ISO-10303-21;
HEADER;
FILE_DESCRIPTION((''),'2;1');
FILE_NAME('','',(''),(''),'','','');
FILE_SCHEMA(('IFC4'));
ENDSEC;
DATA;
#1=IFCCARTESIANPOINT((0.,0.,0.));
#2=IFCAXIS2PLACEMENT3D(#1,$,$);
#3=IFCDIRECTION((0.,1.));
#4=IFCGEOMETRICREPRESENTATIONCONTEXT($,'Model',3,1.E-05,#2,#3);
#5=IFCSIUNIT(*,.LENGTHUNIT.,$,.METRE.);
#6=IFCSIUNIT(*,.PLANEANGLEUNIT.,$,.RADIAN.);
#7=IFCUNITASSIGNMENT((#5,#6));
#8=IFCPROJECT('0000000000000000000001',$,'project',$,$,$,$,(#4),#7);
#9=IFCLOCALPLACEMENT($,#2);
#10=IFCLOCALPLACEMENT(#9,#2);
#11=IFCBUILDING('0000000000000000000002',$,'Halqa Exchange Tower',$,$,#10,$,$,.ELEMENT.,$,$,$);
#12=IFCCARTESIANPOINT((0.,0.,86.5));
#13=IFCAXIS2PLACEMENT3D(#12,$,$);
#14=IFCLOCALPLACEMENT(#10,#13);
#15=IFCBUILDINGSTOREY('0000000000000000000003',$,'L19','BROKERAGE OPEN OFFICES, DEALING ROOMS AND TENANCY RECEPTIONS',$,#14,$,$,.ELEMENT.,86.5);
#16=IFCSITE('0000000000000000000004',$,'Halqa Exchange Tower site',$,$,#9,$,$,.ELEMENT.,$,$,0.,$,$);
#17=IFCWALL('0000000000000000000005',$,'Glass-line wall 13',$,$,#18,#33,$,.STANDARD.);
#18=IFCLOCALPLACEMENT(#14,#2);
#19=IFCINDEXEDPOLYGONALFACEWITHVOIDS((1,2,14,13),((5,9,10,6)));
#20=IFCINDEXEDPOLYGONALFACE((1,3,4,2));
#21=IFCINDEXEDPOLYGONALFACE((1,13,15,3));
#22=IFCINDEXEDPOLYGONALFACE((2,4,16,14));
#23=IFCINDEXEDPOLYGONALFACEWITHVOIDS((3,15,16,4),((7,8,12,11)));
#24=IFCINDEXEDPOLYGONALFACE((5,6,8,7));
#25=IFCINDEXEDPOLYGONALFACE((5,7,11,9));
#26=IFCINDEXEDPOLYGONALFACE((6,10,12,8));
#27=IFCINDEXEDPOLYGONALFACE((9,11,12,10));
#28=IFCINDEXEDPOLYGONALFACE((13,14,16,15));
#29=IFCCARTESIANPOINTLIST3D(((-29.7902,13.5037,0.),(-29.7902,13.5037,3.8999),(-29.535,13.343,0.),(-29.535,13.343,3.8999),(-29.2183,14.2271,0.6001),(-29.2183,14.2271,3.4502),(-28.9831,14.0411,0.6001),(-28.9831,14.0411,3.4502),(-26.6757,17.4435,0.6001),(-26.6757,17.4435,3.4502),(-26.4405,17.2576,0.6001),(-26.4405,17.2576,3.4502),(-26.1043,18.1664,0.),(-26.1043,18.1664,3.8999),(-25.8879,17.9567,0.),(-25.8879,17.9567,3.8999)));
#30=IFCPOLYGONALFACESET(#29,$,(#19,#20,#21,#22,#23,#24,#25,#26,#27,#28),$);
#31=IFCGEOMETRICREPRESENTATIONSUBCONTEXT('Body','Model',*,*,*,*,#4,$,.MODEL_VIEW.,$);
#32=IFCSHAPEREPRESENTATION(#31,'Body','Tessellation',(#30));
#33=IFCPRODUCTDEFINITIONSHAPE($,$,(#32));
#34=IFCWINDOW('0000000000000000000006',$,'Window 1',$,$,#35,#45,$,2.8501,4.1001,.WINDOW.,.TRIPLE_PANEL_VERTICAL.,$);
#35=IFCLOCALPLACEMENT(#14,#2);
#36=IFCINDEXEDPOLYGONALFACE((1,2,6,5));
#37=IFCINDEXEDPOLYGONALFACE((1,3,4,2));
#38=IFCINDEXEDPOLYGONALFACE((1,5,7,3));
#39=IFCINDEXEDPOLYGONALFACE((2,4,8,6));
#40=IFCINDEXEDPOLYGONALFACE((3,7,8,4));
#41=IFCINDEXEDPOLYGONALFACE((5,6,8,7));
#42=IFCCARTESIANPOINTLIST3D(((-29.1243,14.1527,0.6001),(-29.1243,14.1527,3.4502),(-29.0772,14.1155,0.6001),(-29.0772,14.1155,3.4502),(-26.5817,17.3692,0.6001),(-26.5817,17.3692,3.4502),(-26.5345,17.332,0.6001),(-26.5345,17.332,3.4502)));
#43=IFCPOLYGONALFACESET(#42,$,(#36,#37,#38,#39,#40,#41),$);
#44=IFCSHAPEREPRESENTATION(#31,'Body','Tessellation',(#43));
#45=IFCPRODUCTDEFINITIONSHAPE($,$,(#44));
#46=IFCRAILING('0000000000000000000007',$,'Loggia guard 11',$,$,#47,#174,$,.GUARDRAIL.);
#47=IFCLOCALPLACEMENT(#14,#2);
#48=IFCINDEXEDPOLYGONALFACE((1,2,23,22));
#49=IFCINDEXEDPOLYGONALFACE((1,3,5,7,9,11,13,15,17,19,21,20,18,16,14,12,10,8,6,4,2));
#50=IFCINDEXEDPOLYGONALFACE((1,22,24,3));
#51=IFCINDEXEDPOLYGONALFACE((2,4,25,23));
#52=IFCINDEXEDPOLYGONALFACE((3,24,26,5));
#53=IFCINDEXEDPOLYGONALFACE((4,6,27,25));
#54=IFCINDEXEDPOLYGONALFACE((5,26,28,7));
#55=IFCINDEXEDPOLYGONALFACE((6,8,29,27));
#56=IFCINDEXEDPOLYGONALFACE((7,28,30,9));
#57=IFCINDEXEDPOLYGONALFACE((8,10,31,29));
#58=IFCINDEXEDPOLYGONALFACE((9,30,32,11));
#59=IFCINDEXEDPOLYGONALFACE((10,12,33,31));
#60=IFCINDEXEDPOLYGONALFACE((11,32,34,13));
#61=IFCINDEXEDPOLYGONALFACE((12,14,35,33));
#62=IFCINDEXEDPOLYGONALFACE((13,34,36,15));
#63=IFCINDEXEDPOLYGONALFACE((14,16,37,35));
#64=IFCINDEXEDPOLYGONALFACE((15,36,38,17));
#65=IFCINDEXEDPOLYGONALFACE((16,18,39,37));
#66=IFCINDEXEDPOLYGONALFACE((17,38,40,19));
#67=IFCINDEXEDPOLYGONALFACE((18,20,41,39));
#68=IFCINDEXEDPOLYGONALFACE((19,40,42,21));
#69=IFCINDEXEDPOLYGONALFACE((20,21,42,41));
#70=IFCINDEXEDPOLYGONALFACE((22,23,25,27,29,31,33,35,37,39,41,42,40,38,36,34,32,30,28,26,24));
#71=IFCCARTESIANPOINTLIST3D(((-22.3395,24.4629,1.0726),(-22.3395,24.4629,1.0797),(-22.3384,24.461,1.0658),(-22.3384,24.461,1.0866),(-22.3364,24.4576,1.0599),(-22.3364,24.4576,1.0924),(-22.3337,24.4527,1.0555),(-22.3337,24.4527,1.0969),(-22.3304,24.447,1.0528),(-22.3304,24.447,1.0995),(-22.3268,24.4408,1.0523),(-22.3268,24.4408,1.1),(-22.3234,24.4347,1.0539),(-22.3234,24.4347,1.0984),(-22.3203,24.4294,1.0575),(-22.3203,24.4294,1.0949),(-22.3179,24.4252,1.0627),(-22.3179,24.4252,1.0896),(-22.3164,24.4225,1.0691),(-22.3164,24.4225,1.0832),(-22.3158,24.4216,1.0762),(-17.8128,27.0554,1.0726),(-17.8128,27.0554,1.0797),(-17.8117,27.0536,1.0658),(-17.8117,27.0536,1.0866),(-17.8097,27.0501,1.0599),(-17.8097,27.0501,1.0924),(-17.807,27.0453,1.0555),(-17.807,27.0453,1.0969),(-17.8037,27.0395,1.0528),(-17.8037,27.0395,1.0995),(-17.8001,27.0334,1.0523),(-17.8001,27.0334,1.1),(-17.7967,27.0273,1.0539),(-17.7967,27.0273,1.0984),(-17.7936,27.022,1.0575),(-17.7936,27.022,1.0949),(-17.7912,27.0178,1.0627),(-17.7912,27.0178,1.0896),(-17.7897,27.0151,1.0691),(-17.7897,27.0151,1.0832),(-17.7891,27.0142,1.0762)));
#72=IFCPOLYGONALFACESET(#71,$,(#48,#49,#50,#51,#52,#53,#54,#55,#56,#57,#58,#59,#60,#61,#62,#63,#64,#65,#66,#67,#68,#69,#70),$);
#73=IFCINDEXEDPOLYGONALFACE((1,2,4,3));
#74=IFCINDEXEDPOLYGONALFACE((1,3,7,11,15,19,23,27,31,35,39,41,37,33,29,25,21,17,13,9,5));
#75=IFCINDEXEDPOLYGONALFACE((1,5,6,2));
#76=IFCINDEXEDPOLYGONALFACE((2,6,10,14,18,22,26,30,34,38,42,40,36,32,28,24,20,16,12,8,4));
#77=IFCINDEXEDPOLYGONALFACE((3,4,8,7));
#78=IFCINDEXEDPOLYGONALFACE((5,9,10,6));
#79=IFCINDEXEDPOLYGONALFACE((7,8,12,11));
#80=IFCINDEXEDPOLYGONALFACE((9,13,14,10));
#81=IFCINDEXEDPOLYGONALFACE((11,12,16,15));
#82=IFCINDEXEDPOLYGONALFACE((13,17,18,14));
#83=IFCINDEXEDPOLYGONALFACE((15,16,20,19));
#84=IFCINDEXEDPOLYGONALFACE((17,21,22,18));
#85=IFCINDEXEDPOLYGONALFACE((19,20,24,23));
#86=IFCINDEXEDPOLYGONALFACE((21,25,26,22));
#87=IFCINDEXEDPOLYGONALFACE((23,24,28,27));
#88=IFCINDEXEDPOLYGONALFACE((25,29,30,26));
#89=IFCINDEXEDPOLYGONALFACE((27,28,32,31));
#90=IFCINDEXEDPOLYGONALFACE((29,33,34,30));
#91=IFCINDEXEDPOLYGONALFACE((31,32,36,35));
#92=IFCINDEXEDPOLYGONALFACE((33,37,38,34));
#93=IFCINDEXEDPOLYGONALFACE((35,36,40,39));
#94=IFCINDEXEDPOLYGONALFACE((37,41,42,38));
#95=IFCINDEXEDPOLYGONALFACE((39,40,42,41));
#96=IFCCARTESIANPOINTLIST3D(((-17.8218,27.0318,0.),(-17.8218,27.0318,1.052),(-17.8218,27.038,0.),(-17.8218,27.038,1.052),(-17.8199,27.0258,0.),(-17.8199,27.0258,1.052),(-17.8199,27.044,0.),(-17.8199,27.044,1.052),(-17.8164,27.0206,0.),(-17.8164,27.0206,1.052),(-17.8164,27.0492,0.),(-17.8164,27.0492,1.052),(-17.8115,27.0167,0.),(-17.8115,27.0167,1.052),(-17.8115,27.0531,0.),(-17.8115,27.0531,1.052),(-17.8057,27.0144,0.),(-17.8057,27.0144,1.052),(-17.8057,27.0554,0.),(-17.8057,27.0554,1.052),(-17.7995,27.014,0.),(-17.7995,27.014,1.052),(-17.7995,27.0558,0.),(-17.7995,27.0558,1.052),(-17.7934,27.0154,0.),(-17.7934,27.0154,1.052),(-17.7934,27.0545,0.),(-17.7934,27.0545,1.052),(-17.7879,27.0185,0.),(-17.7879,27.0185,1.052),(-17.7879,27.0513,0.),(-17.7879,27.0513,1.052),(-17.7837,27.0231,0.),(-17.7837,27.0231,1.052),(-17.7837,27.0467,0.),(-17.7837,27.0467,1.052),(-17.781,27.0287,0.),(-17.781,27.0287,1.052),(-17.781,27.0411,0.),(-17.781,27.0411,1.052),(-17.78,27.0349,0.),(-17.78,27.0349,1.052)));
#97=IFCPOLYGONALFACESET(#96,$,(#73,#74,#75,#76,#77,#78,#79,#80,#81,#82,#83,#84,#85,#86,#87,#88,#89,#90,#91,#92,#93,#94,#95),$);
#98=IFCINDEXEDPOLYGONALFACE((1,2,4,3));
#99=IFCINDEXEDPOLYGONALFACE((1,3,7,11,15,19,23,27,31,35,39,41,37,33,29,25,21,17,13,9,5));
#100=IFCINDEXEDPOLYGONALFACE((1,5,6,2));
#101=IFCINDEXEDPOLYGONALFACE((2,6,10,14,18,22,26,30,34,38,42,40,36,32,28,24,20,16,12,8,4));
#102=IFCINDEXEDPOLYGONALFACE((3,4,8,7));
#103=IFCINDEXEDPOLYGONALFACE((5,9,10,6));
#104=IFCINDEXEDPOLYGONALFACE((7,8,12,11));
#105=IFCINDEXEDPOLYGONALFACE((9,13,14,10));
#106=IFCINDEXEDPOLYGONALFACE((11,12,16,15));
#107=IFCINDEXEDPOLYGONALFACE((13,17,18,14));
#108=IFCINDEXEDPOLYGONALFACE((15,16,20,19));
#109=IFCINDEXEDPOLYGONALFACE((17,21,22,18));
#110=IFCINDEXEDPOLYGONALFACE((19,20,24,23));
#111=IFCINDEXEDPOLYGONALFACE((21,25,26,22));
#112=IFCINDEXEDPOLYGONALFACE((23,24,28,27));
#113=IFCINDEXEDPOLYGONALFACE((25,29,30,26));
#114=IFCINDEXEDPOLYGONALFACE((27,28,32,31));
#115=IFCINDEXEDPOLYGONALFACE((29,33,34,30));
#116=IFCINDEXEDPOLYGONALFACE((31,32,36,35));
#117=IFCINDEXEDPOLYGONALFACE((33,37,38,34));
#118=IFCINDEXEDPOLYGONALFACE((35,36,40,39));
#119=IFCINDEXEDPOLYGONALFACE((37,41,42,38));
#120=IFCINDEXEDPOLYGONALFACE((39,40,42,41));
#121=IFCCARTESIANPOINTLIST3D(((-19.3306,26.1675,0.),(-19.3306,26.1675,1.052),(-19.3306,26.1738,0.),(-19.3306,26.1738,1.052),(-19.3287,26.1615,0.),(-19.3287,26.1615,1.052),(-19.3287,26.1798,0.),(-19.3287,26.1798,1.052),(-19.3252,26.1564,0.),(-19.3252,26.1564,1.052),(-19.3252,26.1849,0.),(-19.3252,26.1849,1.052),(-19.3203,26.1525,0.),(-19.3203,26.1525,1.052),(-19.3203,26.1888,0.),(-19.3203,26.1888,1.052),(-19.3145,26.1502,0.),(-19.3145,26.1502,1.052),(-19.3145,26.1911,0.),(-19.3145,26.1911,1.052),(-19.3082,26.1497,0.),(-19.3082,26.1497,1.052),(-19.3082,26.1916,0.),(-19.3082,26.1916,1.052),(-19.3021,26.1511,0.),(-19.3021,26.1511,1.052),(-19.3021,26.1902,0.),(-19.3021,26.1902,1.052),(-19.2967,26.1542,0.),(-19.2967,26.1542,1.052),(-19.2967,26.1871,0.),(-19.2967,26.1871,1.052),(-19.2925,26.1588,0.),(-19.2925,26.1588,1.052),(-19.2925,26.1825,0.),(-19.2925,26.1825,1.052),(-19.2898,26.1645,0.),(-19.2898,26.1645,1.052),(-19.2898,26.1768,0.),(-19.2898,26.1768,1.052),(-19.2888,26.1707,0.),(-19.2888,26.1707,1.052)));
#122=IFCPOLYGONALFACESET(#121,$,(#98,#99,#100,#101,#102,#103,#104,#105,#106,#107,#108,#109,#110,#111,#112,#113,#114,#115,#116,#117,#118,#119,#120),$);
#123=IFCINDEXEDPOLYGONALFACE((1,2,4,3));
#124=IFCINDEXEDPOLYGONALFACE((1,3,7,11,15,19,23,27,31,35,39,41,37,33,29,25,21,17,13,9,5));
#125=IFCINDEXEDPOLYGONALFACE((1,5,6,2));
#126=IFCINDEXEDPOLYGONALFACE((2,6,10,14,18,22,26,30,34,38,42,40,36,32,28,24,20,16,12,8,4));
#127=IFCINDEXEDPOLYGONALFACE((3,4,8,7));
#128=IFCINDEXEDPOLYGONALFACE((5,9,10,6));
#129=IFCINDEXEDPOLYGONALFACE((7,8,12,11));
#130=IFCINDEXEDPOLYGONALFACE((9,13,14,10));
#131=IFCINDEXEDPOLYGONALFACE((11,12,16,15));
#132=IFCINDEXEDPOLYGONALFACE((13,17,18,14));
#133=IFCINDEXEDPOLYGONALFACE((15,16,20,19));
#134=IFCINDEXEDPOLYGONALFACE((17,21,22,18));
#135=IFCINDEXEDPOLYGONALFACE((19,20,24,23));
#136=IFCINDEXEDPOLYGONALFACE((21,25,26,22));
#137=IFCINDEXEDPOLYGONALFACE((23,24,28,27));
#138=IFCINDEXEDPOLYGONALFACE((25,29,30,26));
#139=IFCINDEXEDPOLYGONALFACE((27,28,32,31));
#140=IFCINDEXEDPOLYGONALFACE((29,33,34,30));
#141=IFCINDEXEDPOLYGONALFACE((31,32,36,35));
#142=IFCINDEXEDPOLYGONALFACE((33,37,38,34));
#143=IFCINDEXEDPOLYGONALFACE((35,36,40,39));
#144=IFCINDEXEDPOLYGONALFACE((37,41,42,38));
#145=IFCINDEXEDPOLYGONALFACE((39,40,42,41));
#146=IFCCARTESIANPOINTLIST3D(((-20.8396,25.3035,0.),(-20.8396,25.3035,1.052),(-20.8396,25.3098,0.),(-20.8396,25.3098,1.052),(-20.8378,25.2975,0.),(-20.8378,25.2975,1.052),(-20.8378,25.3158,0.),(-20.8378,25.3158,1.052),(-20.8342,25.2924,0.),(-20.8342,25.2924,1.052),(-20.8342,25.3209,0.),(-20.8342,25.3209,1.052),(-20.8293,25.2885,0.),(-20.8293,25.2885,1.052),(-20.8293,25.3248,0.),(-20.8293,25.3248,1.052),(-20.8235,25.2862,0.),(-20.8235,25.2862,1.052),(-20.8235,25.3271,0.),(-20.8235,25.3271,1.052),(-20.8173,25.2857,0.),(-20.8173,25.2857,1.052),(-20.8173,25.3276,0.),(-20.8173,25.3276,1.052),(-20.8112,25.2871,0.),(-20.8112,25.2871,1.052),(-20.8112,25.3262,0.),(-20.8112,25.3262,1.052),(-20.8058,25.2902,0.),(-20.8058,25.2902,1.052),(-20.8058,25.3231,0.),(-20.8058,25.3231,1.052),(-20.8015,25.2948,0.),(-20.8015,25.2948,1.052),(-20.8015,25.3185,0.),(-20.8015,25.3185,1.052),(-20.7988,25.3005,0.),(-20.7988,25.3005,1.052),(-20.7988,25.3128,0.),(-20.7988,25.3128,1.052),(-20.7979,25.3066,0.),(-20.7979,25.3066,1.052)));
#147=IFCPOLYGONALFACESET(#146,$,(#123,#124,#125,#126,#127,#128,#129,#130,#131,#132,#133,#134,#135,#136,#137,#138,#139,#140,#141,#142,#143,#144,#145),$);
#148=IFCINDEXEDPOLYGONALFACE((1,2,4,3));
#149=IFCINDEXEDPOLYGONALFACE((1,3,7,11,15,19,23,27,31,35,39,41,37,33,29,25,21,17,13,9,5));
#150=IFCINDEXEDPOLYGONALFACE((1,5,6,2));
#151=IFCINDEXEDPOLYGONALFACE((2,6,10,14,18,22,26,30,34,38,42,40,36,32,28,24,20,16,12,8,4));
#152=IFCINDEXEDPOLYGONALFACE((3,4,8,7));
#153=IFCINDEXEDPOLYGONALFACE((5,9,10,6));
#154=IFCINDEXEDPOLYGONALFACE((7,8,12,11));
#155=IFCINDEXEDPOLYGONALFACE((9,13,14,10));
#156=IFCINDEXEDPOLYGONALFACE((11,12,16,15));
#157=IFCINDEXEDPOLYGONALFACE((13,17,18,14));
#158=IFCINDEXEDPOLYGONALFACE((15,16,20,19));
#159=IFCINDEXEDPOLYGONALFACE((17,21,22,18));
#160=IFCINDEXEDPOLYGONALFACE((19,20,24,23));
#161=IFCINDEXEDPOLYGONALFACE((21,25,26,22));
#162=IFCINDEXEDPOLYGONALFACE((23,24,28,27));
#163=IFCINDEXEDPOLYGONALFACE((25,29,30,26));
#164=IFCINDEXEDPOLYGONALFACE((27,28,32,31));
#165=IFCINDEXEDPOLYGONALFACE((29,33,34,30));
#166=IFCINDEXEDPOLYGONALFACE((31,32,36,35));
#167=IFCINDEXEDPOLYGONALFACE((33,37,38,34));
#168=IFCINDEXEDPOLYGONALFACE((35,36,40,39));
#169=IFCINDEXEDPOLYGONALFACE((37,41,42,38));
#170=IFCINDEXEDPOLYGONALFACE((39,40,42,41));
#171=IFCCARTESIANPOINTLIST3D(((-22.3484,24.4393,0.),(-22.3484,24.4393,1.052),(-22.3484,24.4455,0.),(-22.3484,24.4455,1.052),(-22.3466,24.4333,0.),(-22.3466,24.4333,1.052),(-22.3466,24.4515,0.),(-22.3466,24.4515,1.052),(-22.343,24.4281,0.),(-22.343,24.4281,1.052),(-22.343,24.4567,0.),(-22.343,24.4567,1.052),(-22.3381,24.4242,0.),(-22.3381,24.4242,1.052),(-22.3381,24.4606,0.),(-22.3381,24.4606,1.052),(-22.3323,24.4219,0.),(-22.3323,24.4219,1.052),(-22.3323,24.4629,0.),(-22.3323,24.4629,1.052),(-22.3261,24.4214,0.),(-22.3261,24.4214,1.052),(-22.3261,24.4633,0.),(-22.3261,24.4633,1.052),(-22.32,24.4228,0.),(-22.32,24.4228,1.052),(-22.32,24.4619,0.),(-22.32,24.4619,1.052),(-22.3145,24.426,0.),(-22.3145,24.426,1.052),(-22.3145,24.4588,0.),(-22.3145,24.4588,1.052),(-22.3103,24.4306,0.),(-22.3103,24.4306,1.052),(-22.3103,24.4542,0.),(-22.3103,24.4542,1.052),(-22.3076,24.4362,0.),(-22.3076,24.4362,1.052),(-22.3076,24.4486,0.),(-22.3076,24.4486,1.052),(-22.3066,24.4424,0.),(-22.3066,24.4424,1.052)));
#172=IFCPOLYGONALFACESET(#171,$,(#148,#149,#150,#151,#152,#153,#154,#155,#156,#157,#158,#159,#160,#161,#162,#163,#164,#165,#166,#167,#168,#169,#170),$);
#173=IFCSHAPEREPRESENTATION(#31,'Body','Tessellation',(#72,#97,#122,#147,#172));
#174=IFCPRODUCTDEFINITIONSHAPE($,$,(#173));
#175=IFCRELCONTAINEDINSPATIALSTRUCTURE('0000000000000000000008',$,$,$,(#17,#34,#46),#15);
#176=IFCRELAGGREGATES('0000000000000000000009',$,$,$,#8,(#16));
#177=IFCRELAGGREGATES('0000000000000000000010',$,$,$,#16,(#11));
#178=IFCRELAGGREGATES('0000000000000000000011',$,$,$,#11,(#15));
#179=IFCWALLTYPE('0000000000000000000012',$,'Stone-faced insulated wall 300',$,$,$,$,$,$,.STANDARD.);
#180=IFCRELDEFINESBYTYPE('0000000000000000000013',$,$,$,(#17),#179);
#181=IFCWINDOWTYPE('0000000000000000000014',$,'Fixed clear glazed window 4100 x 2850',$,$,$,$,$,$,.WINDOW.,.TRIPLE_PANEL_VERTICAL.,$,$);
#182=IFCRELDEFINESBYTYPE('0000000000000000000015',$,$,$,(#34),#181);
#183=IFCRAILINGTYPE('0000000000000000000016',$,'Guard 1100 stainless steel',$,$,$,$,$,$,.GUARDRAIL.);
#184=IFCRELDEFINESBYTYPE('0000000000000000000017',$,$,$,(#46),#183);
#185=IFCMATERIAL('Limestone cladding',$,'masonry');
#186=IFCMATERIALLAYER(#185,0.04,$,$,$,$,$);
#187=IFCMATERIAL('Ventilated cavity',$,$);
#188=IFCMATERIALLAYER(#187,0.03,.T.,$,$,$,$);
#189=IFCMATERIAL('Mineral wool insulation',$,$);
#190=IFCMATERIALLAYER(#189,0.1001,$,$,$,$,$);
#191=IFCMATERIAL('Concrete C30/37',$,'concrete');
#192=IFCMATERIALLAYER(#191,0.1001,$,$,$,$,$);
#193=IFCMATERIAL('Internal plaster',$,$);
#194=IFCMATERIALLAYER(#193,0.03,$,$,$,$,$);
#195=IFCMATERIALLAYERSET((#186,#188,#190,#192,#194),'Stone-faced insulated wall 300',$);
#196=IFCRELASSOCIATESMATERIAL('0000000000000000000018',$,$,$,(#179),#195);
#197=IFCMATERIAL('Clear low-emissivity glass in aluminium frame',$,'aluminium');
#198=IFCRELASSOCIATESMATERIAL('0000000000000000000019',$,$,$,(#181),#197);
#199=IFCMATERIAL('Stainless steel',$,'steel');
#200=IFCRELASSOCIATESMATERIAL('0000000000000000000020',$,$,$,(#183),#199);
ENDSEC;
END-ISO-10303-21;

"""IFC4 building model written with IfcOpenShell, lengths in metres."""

from ifc_helpers import new_model, si_unit, direction, frame, frame_2d, origin, origin_2d, place, context, subcontext, project, spatial, polyline, rectangle, circle, outline, extrude, material, layer, layer_set, type_object, element, fill, save


model = new_model("IFC4")

# Units and contexts
model_context = context("Model", 3, precision=1e-05, world=origin(), true_north=direction((0.0, 1.0)))
body_context = subcontext(model_context, "Body", "Model", "MODEL_VIEW")
ifc_project = project(units=[si_unit("LENGTHUNIT", "METRE"), si_unit("PLANEANGLEUNIT", "RADIAN")], contexts=[model_context])

# Site, building, storey
site_placement = place(None, origin())
site = spatial("IfcSite", under=ifc_project, at=site_placement, Name="Halqa Exchange Tower site", CompositionType="ELEMENT", RefElevation=0.0)
building_placement = place(site_placement, origin())
building = spatial("IfcBuilding", under=site, at=building_placement, Name="Halqa Exchange Tower", CompositionType="ELEMENT")
storey_placement = place(building_placement, frame((0.0, 0.0, 86.5)))
storey = spatial("IfcBuildingStorey", under=building, at=storey_placement, Name="L19", Description="BROKERAGE OPEN OFFICES, DEALING ROOMS AND TENANCY RECEPTIONS", CompositionType="ELEMENT", Elevation=86.5)

# Shared definitions
ifc_material_1 = material(Name="Limestone cladding", Category="masonry")
ifc_layer_1 = layer(ifc_material_1, 0.04)
ifc_material_2 = material(Name="Ventilated cavity")
ifc_layer_2 = layer(ifc_material_2, 0.03, ventilated=True)
ifc_material_3 = material(Name="Mineral wool insulation")
ifc_layer_3 = layer(ifc_material_3, 0.1001)
ifc_material_4 = material(Name="Concrete C30/37", Category="concrete")
ifc_layer_4 = layer(ifc_material_4, 0.1001)
ifc_material_5 = material(Name="Internal plaster")
ifc_layer_5 = layer(ifc_material_5, 0.03)
ifc_layer_set_1 = layer_set([ifc_layer_1, ifc_layer_2, ifc_layer_3, ifc_layer_4, ifc_layer_5], Name="Stone-faced insulated wall 300")
wall_type_1 = type_object("IfcWallType", Name="Stone-faced insulated wall 300", PredefinedType="STANDARD", material=ifc_layer_set_1)
ifc_material_6 = material(Name="Clear low-emissivity glass in aluminium frame", Category="aluminium")
window_type = type_object("IfcWindowType", Name="Fixed clear glazed window 4100 x 2850", PartitioningType="TRIPLE_PANEL_VERTICAL", PredefinedType="WINDOW", material=ifc_material_6)

# Wall, opening, window
wall_1_placement = place(storey_placement, frame((-25.9961, 18.0615, 0.0), z_axis=(0.0, 0.0, 1.0), x_axis=(-0.620142, -0.784489, 0.0)))
wall_1 = element("IfcWall", 1, at=wall_1_placement, inside=storey, type_object=wall_type_1, Name="Glass-line wall 13", PredefinedType="STANDARD", context=body_context, shape_type="SweptSolid", body=[
    extrude(outline(polyline([(-0.0151, -0.1499), (5.9285, -0.1499), (5.8962, 0.1499), (0.0151, 0.1499), (-0.0151, -0.1499)])), origin(), (0.0, 0.0, 1.0), 3.8999),
])
opening_1_placement = place(wall_1_placement, frame((0.9062, 0.0, 0.6001)))
opening_1 = element("IfcOpeningElement", 2, at=opening_1_placement, cuts=wall_1, PredefinedType="OPENING", context=body_context, shape_type="SweptSolid", body=[
    extrude(rectangle(XDim=4.1001, YDim=2.8501, at=frame_2d((2.05, 1.425))), frame((0.0, 0.1621, 0.0), z_axis=(0.0, -1.0, 0.0), x_axis=(1.0, 0.0, 0.0)), (0.0, 0.0, 1.0), 0.324),
])
window_1_placement = place(opening_1_placement, origin())
window_1 = element("IfcWindow", 3, at=window_1_placement, inside=storey, type_object=window_type, Name="Window 1", OverallHeight=2.8501, OverallWidth=4.1001, PartitioningType="TRIPLE_PANEL_VERTICAL", PredefinedType="WINDOW", context=body_context, shape_type="SweptSolid", body=[
    extrude(rectangle(XDim=4.1001, YDim=2.8501, at=frame_2d((2.05, 1.425))), frame((0.0, 0.03, 0.0), z_axis=(0.0, -1.0, 0.0), x_axis=(1.0, 0.0, 0.0)), (0.0, 0.0, 1.0), 0.0601),
])
fill(opening_1, window_1)

# Railing
ifc_material_7 = material(Name="Stainless steel", Category="steel")
railing_type = type_object("IfcRailingType", Name="Guard 1100 stainless steel", PredefinedType="GUARDRAIL", material=ifc_material_7)
railing_1_placement = place(storey_placement, frame((-17.801, 27.0349, 0.0)))
element("IfcRailing", 4, at=railing_1_placement, inside=storey, type_object=railing_type, Name="Loggia guard 11", PredefinedType="GUARDRAIL", context=body_context, shape_type="SweptSolid", body=[
    extrude(circle(Radius=0.0239, at=origin_2d()), frame((0.0, 0.0, 1.0762), z_axis=(-0.867756, -0.49699, 0.0), x_axis=(0.49699, -0.867756, 0.0)), (0.0, 0.0, 1.0), 5.2166),
    extrude(circle(Radius=0.021, at=origin_2d()), origin(), (0.0, 0.0, 1.0), 1.052),
    extrude(circle(Radius=0.021, at=origin_2d()), frame((-1.5088, -0.8643, 0.0)), (0.0, 0.0, 1.0), 1.052),
    extrude(circle(Radius=0.021, at=origin_2d()), frame((-3.0178, -1.7283, 0.0)), (0.0, 0.0, 1.0), 1.052),
    extrude(circle(Radius=0.021, at=origin_2d()), frame((-4.5266, -2.5925, 0.0)), (0.0, 0.0, 1.0), 1.052),
])

save(model, "model.ifc")
